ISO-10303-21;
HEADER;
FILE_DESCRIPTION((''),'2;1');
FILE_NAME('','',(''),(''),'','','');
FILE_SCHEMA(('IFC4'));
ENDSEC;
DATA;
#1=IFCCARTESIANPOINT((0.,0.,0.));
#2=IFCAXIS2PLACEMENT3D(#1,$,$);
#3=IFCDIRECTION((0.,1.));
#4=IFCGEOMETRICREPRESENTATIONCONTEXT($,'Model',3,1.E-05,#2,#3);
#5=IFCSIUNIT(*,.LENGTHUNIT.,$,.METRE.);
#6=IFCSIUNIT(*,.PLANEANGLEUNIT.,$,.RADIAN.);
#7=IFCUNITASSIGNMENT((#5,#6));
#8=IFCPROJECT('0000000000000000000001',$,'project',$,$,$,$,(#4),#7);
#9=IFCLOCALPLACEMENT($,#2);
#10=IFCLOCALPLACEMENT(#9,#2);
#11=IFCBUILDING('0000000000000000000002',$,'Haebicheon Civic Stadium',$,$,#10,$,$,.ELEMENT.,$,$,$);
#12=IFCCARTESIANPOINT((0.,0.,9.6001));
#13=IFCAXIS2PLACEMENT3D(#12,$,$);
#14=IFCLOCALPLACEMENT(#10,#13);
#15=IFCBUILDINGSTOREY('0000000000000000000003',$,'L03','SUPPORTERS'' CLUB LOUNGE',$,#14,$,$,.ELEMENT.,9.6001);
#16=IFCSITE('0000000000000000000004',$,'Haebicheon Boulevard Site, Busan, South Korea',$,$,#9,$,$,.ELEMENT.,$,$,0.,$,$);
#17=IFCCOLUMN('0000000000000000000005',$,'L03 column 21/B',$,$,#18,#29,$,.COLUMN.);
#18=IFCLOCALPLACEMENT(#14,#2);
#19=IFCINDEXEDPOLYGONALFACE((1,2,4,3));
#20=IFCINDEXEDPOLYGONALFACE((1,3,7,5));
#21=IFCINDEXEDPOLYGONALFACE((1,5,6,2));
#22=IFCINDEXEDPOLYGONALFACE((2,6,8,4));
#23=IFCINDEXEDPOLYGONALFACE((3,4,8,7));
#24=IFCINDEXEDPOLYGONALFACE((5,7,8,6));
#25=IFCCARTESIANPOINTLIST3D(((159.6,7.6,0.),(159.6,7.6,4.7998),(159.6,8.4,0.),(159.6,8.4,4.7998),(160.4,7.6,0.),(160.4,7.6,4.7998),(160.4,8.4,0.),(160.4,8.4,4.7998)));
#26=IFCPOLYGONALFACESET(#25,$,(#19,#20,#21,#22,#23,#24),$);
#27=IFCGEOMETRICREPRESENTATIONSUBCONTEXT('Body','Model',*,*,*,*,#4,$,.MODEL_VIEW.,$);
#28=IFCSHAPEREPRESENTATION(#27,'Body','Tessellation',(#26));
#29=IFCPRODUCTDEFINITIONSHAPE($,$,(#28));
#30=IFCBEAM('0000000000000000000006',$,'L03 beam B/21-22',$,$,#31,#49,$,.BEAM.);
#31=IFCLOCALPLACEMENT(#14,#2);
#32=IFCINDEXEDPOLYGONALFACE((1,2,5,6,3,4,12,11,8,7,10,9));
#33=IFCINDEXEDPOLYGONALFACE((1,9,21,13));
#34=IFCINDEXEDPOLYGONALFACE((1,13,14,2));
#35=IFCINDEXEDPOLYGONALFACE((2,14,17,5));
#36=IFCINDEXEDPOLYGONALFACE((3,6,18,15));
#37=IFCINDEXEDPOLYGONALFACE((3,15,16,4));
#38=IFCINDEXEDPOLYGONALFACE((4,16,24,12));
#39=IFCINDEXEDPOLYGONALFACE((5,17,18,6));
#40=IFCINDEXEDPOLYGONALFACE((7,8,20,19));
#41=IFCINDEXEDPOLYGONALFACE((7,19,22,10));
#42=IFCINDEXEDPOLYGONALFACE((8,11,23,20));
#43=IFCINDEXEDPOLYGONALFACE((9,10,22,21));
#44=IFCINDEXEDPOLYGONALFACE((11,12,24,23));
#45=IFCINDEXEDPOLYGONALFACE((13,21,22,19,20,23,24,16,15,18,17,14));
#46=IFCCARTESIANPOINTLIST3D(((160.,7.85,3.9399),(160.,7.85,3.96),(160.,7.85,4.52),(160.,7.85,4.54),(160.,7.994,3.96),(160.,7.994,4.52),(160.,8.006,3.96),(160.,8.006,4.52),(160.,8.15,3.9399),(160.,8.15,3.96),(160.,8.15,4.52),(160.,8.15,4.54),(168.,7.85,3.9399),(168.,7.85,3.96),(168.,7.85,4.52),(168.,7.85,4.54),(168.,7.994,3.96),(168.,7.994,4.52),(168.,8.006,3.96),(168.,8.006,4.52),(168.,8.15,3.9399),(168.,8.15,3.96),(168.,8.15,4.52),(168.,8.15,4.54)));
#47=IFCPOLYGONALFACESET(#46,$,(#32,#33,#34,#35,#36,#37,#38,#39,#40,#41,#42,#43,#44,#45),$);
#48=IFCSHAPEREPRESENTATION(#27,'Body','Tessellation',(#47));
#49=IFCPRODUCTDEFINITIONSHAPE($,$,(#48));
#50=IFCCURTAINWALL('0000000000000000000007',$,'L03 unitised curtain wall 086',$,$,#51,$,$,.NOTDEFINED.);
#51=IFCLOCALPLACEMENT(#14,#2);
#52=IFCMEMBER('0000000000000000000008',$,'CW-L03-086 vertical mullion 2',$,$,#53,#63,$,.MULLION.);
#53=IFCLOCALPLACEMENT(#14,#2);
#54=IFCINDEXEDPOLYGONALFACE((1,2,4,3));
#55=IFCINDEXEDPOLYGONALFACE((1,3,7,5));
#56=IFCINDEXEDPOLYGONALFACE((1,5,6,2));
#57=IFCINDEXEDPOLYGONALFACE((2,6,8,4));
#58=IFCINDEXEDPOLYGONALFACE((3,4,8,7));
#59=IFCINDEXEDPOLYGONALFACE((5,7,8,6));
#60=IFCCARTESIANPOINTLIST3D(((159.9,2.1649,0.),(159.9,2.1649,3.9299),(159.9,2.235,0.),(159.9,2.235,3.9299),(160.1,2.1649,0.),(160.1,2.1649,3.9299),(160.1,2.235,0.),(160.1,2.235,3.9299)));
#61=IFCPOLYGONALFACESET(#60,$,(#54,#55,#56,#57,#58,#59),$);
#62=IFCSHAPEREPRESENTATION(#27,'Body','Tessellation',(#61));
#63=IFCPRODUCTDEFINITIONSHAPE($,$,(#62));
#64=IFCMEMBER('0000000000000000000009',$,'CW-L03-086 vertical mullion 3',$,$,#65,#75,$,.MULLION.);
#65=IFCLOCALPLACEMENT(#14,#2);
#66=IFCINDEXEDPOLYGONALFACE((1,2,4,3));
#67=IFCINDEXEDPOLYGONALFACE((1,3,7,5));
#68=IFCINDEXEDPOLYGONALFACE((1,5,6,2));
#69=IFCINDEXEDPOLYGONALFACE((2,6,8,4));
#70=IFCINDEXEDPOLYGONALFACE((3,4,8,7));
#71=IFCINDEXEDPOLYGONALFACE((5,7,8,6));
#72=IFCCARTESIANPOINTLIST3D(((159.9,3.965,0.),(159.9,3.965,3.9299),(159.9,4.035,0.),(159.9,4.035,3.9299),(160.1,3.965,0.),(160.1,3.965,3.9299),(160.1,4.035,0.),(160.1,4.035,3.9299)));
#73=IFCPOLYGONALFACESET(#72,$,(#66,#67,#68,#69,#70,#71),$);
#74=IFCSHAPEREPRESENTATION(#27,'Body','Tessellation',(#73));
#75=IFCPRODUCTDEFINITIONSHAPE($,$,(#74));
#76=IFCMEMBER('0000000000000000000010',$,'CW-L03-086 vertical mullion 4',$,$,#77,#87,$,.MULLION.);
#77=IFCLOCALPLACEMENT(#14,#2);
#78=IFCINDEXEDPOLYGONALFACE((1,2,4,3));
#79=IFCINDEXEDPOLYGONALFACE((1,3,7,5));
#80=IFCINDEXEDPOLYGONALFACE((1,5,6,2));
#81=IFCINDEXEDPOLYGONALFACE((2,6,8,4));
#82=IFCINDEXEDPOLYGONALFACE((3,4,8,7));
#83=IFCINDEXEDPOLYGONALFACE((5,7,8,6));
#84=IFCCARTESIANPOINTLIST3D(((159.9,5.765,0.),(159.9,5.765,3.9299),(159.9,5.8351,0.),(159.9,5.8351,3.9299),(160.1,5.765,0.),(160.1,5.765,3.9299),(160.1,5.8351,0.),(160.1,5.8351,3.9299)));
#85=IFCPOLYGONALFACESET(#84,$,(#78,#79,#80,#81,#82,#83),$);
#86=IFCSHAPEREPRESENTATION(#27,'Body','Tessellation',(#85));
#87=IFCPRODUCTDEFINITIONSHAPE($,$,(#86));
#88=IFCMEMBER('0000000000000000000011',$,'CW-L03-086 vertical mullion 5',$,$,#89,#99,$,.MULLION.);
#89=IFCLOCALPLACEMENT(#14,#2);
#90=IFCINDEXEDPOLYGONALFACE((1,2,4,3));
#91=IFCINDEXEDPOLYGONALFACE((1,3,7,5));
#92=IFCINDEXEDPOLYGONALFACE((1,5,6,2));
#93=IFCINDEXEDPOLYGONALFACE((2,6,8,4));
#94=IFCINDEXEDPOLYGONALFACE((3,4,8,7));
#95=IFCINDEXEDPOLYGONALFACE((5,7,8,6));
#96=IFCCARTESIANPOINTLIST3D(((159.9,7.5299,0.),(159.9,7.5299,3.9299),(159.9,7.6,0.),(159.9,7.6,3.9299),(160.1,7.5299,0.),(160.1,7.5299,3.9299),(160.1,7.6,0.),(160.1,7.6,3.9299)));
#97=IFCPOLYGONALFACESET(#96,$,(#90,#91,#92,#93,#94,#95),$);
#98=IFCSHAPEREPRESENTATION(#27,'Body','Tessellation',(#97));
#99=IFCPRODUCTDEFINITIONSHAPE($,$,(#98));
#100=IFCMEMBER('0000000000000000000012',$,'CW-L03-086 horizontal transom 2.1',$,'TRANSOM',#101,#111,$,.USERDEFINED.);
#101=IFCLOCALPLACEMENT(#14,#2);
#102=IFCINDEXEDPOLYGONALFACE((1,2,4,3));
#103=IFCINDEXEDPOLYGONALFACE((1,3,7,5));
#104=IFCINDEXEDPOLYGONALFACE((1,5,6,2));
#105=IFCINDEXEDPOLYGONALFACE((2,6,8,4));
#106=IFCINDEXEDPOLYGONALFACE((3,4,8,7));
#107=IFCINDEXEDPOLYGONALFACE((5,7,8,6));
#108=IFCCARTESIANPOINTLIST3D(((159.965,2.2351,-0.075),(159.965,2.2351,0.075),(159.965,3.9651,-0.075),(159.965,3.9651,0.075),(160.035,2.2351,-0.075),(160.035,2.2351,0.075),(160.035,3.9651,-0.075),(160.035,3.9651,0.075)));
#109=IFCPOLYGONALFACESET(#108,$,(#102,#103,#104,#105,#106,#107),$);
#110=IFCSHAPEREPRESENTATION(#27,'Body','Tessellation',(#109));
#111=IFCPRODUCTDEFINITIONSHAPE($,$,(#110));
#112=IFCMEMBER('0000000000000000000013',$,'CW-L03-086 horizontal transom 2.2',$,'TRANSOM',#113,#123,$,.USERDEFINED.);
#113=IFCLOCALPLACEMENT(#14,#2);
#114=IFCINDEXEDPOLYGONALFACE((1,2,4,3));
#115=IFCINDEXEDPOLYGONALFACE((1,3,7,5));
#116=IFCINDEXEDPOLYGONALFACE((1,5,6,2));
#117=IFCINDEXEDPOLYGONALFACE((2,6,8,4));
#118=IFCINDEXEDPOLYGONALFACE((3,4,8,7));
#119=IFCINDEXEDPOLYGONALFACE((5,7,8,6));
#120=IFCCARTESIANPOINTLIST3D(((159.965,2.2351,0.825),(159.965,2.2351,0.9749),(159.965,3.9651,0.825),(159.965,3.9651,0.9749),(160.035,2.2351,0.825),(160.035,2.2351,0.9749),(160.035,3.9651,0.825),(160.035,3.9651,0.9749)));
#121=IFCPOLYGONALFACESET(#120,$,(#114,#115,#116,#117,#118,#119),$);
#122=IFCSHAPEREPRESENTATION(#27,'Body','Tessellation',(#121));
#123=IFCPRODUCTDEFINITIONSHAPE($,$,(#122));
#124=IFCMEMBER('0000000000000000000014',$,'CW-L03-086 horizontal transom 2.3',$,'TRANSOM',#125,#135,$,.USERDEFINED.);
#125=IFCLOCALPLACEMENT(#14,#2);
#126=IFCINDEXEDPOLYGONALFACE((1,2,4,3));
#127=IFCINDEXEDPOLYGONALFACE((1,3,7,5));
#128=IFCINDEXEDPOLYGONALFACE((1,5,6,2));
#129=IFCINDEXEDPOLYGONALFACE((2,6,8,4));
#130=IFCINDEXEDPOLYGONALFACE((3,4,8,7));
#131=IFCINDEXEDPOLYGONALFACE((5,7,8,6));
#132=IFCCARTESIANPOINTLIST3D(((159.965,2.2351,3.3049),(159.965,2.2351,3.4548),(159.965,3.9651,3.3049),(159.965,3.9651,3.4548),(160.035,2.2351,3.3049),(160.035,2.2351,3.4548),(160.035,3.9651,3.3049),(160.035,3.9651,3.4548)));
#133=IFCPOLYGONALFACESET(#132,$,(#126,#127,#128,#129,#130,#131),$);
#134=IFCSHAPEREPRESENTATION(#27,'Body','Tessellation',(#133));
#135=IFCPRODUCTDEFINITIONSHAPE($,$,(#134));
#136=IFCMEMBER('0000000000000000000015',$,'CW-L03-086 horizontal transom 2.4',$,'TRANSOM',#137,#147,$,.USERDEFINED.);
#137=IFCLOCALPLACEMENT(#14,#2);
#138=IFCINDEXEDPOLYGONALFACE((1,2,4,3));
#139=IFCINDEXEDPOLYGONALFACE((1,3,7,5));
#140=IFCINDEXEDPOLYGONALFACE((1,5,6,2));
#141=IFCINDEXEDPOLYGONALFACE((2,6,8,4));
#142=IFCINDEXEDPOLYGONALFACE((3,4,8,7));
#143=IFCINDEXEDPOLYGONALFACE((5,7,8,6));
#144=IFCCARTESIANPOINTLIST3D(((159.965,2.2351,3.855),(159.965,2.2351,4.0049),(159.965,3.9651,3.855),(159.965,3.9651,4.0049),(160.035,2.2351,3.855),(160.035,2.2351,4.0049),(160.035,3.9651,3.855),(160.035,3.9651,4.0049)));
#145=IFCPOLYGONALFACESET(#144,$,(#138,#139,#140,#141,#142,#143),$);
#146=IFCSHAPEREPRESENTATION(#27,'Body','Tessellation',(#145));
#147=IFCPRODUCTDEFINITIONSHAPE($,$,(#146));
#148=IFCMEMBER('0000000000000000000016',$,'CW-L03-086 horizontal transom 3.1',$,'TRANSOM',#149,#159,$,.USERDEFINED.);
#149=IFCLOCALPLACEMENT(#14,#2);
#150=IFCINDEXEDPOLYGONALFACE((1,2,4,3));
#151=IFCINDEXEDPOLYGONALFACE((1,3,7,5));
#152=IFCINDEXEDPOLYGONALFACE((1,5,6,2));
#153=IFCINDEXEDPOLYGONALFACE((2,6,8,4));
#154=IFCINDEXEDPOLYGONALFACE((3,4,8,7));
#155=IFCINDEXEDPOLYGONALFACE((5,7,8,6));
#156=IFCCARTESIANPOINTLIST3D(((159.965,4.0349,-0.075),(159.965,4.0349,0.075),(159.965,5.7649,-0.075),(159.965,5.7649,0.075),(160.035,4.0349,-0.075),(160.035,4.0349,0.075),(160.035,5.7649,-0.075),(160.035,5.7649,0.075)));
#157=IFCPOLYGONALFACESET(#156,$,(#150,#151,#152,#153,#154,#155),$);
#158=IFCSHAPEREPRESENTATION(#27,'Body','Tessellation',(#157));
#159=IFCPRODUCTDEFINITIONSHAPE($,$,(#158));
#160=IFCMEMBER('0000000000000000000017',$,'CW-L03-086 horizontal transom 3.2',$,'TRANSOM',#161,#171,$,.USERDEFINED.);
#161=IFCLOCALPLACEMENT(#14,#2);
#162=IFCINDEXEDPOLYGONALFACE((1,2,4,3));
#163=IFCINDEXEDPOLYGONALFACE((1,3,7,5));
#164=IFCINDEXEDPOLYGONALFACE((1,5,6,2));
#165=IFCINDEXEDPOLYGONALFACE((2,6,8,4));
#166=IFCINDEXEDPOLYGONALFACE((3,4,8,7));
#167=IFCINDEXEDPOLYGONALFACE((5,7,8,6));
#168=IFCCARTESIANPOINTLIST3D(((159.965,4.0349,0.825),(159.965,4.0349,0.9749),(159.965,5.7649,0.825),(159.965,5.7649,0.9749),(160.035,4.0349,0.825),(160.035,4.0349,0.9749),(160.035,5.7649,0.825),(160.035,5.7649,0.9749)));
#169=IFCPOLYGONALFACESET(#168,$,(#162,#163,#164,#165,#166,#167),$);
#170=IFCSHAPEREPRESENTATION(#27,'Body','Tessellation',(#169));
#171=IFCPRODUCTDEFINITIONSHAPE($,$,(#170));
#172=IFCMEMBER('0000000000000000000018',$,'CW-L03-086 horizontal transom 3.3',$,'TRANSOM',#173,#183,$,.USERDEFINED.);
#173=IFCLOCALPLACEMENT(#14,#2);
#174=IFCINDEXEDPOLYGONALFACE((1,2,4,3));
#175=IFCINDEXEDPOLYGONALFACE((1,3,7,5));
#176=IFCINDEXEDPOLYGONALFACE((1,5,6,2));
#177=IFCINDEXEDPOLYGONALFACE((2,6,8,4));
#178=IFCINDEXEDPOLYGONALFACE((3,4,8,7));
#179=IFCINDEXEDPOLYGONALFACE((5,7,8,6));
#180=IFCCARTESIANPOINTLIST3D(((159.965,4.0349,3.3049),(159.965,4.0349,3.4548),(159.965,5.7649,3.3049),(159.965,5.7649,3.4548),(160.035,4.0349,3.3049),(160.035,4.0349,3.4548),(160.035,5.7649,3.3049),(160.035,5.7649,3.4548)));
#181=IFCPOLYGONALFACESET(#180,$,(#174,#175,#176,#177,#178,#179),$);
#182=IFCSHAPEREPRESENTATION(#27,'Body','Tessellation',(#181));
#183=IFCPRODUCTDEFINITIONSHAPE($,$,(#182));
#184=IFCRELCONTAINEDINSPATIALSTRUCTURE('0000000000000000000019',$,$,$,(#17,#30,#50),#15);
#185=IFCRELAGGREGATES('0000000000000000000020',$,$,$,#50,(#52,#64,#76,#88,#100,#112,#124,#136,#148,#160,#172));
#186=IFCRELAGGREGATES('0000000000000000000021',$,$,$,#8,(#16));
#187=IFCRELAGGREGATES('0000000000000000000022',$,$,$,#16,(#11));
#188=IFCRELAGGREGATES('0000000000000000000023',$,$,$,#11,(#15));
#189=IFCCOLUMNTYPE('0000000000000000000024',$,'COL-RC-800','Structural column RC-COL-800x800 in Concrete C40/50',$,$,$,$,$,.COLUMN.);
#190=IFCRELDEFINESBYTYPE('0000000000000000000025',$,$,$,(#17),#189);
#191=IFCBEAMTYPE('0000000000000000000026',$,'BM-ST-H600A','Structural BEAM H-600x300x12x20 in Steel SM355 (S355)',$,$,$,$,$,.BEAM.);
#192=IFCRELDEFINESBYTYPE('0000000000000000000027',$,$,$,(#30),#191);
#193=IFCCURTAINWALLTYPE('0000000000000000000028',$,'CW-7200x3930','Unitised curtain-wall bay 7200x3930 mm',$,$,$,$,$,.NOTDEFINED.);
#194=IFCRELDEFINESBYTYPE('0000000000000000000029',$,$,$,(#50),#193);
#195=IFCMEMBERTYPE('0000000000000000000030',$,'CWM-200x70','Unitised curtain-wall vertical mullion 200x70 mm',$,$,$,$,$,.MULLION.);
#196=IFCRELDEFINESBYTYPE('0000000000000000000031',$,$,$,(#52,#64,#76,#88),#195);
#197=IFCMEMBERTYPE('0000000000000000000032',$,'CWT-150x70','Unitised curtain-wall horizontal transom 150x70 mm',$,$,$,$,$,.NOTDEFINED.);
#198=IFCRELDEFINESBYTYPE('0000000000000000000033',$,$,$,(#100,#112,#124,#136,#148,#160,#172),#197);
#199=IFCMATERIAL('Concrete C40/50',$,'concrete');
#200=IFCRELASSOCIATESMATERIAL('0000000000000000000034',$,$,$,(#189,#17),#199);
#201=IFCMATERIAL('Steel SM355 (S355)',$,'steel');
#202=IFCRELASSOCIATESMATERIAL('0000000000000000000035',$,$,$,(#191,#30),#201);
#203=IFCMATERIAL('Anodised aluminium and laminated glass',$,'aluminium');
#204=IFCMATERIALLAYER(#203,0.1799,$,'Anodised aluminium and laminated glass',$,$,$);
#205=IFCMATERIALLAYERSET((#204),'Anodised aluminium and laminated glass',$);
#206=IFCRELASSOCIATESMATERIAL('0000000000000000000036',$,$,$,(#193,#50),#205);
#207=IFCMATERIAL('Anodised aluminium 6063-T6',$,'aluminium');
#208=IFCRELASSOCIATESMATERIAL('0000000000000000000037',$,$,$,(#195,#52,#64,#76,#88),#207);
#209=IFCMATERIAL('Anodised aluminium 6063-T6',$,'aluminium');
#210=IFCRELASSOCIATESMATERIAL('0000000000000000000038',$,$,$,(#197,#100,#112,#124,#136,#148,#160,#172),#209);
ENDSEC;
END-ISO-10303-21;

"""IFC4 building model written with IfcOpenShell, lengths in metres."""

from ifc_helpers import new_model, si_unit, direction, frame, origin, origin_2d, place, context, subcontext, project, spatial, rectangle, i_section, extrude, material, layer, layer_set, material_profile, profile_set, type_object, element, aggregate, save


model = new_model("IFC4")

# Units and contexts
model_context = context("Model", 3, precision=1e-05, world=origin(), true_north=direction((0.0, 1.0)))
body_context = subcontext(model_context, "Body", "Model", "MODEL_VIEW")
ifc_project = project(units=[si_unit("LENGTHUNIT", "METRE"), si_unit("PLANEANGLEUNIT", "RADIAN")], contexts=[model_context])

# Site, building, storey
site_placement = place(None, origin())
site = spatial("IfcSite", under=ifc_project, at=site_placement, Name="Haebicheon Boulevard Site, Busan, South Korea", CompositionType="ELEMENT", RefElevation=0.0)
building_placement = place(site_placement, origin())
building = spatial("IfcBuilding", under=site, at=building_placement, Name="Haebicheon Civic Stadium", CompositionType="ELEMENT")
storey_placement = place(building_placement, frame((0.0, 0.0, 9.6001)))
storey = spatial("IfcBuildingStorey", under=building, at=storey_placement, Name="L03", Description="SUPPORTERS' CLUB LOUNGE", CompositionType="ELEMENT", Elevation=9.6001)

# Column
ifc_material_1 = material(Name="Concrete C40/50", Category="concrete")
ifc_material_profile_1 = material_profile(ifc_material_1, rectangle(XDim=0.8, YDim=0.8, at=origin_2d()), Name="RC-COL-800x800")
ifc_profile_set_1 = profile_set([ifc_material_profile_1], Name="Concrete C40/50")
column_type = type_object("IfcColumnType", Name="COL-RC-800", Description="Structural column RC-COL-800x800 in Concrete C40/50", PredefinedType="COLUMN", material=ifc_profile_set_1)
column_placement = place(storey_placement, frame((160.0, 8.0, 0.0), z_axis=(0.0, 0.0, 1.0), x_axis=(1.0, 0.0, 0.0)))
element("IfcColumn", 1, at=column_placement, inside=storey, type_object=column_type, material=ifc_profile_set_1, Name="L03 column 21/B", PredefinedType="COLUMN", context=body_context, shape_type="SweptSolid", body=[
    extrude(rectangle(XDim=0.8, YDim=0.8, at=origin_2d()), origin(), (0.0, 0.0, 1.0), 4.7998),
])

# Beam
ifc_material_2 = material(Name="Steel SM355 (S355)", Category="steel")
ifc_material_profile_2 = material_profile(ifc_material_2, i_section(OverallWidth=0.3, OverallDepth=0.6001, WebThickness=0.012, FlangeThickness=0.02, at=origin_2d()), Name="H-600x300x12x20")
ifc_profile_set_2 = profile_set([ifc_material_profile_2], Name="Steel SM355 (S355)")
beam_type_1 = type_object("IfcBeamType", Name="BM-ST-H600A", Description="Structural BEAM H-600x300x12x20 in Steel SM355 (S355)", PredefinedType="BEAM", material=ifc_profile_set_2)
beam_1_placement = place(storey_placement, frame((160.0, 8.0, 4.24), z_axis=(1.0, 0.0, 0.0), x_axis=(0.0, 1.0, 0.0)))
element("IfcBeam", 2, at=beam_1_placement, inside=storey, type_object=beam_type_1, material=ifc_profile_set_2, Name="L03 beam B/21-22", PredefinedType="BEAM", context=body_context, shape_type="SweptSolid", body=[
    extrude(i_section(OverallWidth=0.3, OverallDepth=0.6001, WebThickness=0.012, FlangeThickness=0.02, at=origin_2d()), origin(), (0.0, 0.0, 1.0), 8.0),
])

# Curtain wall, members
ifc_material_3 = material(Name="Anodised aluminium and laminated glass", Category="aluminium")
ifc_layer_1 = layer(ifc_material_3, 0.1799, Name="Anodised aluminium and laminated glass")
ifc_layer_set_1 = layer_set([ifc_layer_1], Name="Anodised aluminium and laminated glass")
curtain_wall_type = type_object("IfcCurtainWallType", Name="CW-7200x3930", Description="Unitised curtain-wall bay 7200x3930 mm", PredefinedType="NOTDEFINED", material=ifc_layer_set_1)
curtain_wall_placement = place(storey_placement, origin())
curtain_wall = element("IfcCurtainWall", 3, at=curtain_wall_placement, inside=storey, type_object=curtain_wall_type, material=ifc_layer_set_1, Name="L03 unitised curtain wall 086", PredefinedType="NOTDEFINED")
ifc_material_4 = material(Name="Anodised aluminium 6063-T6", Category="aluminium")
ifc_material_profile_3 = material_profile(ifc_material_4, rectangle(XDim=0.0701, YDim=0.2, at=origin_2d()), Name="ALU-MULL-70x200")
ifc_profile_set_3 = profile_set([ifc_material_profile_3], Name="Anodised aluminium 6063-T6")
member_type_1 = type_object("IfcMemberType", Name="CWM-200x70", Description="Unitised curtain-wall vertical mullion 200x70 mm", PredefinedType="MULLION", material=ifc_profile_set_3)
member_1_placement = place(storey_placement, frame((160.0, 2.2, 0.0), z_axis=(0.0, 0.0, 1.0), x_axis=(0.0, 1.0, 0.0)))
member_1 = element("IfcMember", 4, at=member_1_placement, type_object=member_type_1, material=ifc_profile_set_3, Name="CW-L03-086 vertical mullion 2", PredefinedType="MULLION", context=body_context, shape_type="SweptSolid", body=[
    extrude(rectangle(XDim=0.0701, YDim=0.2, at=origin_2d()), origin(), (0.0, 0.0, 1.0), 3.9299),
])
member_2_placement = place(storey_placement, frame((160.0, 4.0, 0.0), z_axis=(0.0, 0.0, 1.0), x_axis=(0.0, 1.0, 0.0)))
member_2 = element("IfcMember", 5, at=member_2_placement, type_object=member_type_1, material=ifc_profile_set_3, Name="CW-L03-086 vertical mullion 3", PredefinedType="MULLION", context=body_context, shape_type="SweptSolid", body=[
    extrude(rectangle(XDim=0.0701, YDim=0.2, at=origin_2d()), origin(), (0.0, 0.0, 1.0), 3.9299),
])
member_3_placement = place(storey_placement, frame((160.0, 5.8, 0.0), z_axis=(0.0, 0.0, 1.0), x_axis=(0.0, 1.0, 0.0)))
member_3 = element("IfcMember", 6, at=member_3_placement, type_object=member_type_1, material=ifc_profile_set_3, Name="CW-L03-086 vertical mullion 4", PredefinedType="MULLION", context=body_context, shape_type="SweptSolid", body=[
    extrude(rectangle(XDim=0.0701, YDim=0.2, at=origin_2d()), origin(), (0.0, 0.0, 1.0), 3.9299),
])
member_4_placement = place(storey_placement, frame((160.0, 7.5649, 0.0), z_axis=(0.0, 0.0, 1.0), x_axis=(0.0, 1.0, 0.0)))
member_4 = element("IfcMember", 7, at=member_4_placement, type_object=member_type_1, material=ifc_profile_set_3, Name="CW-L03-086 vertical mullion 5", PredefinedType="MULLION", context=body_context, shape_type="SweptSolid", body=[
    extrude(rectangle(XDim=0.0701, YDim=0.2, at=origin_2d()), origin(), (0.0, 0.0, 1.0), 3.9299),
])
ifc_material_5 = material(Name="Anodised aluminium 6063-T6", Category="aluminium")
ifc_material_profile_4 = material_profile(ifc_material_5, rectangle(XDim=0.0701, YDim=0.1499, at=origin_2d()), Name="ALU-TRAN-70x150")
ifc_profile_set_4 = profile_set([ifc_material_profile_4], Name="Anodised aluminium 6063-T6")
member_type_2 = type_object("IfcMemberType", Name="CWT-150x70", Description="Unitised curtain-wall horizontal transom 150x70 mm", PredefinedType="NOTDEFINED", material=ifc_profile_set_4)
member_5_placement = place(storey_placement, frame((160.0, 2.2351, 0.0), z_axis=(0.0, 1.0, 0.0), x_axis=(-1.0, 0.0, 0.0)))
member_5 = element("IfcMember", 8, at=member_5_placement, type_object=member_type_2, material=ifc_profile_set_4, Name="CW-L03-086 horizontal transom 2.1", ObjectType="TRANSOM", PredefinedType="USERDEFINED", context=body_context, shape_type="SweptSolid", body=[
    extrude(rectangle(XDim=0.0701, YDim=0.1499, at=origin_2d()), origin(), (0.0, 0.0, 1.0), 1.73),
])
member_6_placement = place(storey_placement, frame((160.0, 2.2351, 0.8999), z_axis=(0.0, 1.0, 0.0), x_axis=(-1.0, 0.0, 0.0)))
member_6 = element("IfcMember", 9, at=member_6_placement, type_object=member_type_2, material=ifc_profile_set_4, Name="CW-L03-086 horizontal transom 2.2", ObjectType="TRANSOM", PredefinedType="USERDEFINED", context=body_context, shape_type="SweptSolid", body=[
    extrude(rectangle(XDim=0.0701, YDim=0.1499, at=origin_2d()), origin(), (0.0, 0.0, 1.0), 1.73),
])
member_7_placement = place(storey_placement, frame((160.0, 2.2351, 3.3799), z_axis=(0.0, 1.0, 0.0), x_axis=(-1.0, 0.0, 0.0)))
member_7 = element("IfcMember", 10, at=member_7_placement, type_object=member_type_2, material=ifc_profile_set_4, Name="CW-L03-086 horizontal transom 2.3", ObjectType="TRANSOM", PredefinedType="USERDEFINED", context=body_context, shape_type="SweptSolid", body=[
    extrude(rectangle(XDim=0.0701, YDim=0.1499, at=origin_2d()), origin(), (0.0, 0.0, 1.0), 1.73),
])
member_8_placement = place(storey_placement, frame((160.0, 2.2351, 3.9299), z_axis=(0.0, 1.0, 0.0), x_axis=(-1.0, 0.0, 0.0)))
member_8 = element("IfcMember", 11, at=member_8_placement, type_object=member_type_2, material=ifc_profile_set_4, Name="CW-L03-086 horizontal transom 2.4", ObjectType="TRANSOM", PredefinedType="USERDEFINED", context=body_context, shape_type="SweptSolid", body=[
    extrude(rectangle(XDim=0.0701, YDim=0.1499, at=origin_2d()), origin(), (0.0, 0.0, 1.0), 1.73),
])
member_9_placement = place(storey_placement, frame((160.0, 4.0349, 0.0), z_axis=(0.0, 1.0, 0.0), x_axis=(-1.0, 0.0, 0.0)))
member_9 = element("IfcMember", 12, at=member_9_placement, type_object=member_type_2, material=ifc_profile_set_4, Name="CW-L03-086 horizontal transom 3.1", ObjectType="TRANSOM", PredefinedType="USERDEFINED", context=body_context, shape_type="SweptSolid", body=[
    extrude(rectangle(XDim=0.0701, YDim=0.1499, at=origin_2d()), origin(), (0.0, 0.0, 1.0), 1.73),
])
member_10_placement = place(storey_placement, frame((160.0, 4.0349, 0.8999), z_axis=(0.0, 1.0, 0.0), x_axis=(-1.0, 0.0, 0.0)))
member_10 = element("IfcMember", 13, at=member_10_placement, type_object=member_type_2, material=ifc_profile_set_4, Name="CW-L03-086 horizontal transom 3.2", ObjectType="TRANSOM", PredefinedType="USERDEFINED", context=body_context, shape_type="SweptSolid", body=[
    extrude(rectangle(XDim=0.0701, YDim=0.1499, at=origin_2d()), origin(), (0.0, 0.0, 1.0), 1.73),
])
member_11_placement = place(storey_placement, frame((160.0, 4.0349, 3.3799), z_axis=(0.0, 1.0, 0.0), x_axis=(-1.0, 0.0, 0.0)))
member_11 = element("IfcMember", 14, at=member_11_placement, type_object=member_type_2, material=ifc_profile_set_4, Name="CW-L03-086 horizontal transom 3.3", ObjectType="TRANSOM", PredefinedType="USERDEFINED", context=body_context, shape_type="SweptSolid", body=[
    extrude(rectangle(XDim=0.0701, YDim=0.1499, at=origin_2d()), origin(), (0.0, 0.0, 1.0), 1.73),
])

aggregate(curtain_wall, [member_1, member_2, member_3, member_4, member_5, member_6, member_7, member_8, member_9, member_10, member_11])

save(model, "model.ifc")
